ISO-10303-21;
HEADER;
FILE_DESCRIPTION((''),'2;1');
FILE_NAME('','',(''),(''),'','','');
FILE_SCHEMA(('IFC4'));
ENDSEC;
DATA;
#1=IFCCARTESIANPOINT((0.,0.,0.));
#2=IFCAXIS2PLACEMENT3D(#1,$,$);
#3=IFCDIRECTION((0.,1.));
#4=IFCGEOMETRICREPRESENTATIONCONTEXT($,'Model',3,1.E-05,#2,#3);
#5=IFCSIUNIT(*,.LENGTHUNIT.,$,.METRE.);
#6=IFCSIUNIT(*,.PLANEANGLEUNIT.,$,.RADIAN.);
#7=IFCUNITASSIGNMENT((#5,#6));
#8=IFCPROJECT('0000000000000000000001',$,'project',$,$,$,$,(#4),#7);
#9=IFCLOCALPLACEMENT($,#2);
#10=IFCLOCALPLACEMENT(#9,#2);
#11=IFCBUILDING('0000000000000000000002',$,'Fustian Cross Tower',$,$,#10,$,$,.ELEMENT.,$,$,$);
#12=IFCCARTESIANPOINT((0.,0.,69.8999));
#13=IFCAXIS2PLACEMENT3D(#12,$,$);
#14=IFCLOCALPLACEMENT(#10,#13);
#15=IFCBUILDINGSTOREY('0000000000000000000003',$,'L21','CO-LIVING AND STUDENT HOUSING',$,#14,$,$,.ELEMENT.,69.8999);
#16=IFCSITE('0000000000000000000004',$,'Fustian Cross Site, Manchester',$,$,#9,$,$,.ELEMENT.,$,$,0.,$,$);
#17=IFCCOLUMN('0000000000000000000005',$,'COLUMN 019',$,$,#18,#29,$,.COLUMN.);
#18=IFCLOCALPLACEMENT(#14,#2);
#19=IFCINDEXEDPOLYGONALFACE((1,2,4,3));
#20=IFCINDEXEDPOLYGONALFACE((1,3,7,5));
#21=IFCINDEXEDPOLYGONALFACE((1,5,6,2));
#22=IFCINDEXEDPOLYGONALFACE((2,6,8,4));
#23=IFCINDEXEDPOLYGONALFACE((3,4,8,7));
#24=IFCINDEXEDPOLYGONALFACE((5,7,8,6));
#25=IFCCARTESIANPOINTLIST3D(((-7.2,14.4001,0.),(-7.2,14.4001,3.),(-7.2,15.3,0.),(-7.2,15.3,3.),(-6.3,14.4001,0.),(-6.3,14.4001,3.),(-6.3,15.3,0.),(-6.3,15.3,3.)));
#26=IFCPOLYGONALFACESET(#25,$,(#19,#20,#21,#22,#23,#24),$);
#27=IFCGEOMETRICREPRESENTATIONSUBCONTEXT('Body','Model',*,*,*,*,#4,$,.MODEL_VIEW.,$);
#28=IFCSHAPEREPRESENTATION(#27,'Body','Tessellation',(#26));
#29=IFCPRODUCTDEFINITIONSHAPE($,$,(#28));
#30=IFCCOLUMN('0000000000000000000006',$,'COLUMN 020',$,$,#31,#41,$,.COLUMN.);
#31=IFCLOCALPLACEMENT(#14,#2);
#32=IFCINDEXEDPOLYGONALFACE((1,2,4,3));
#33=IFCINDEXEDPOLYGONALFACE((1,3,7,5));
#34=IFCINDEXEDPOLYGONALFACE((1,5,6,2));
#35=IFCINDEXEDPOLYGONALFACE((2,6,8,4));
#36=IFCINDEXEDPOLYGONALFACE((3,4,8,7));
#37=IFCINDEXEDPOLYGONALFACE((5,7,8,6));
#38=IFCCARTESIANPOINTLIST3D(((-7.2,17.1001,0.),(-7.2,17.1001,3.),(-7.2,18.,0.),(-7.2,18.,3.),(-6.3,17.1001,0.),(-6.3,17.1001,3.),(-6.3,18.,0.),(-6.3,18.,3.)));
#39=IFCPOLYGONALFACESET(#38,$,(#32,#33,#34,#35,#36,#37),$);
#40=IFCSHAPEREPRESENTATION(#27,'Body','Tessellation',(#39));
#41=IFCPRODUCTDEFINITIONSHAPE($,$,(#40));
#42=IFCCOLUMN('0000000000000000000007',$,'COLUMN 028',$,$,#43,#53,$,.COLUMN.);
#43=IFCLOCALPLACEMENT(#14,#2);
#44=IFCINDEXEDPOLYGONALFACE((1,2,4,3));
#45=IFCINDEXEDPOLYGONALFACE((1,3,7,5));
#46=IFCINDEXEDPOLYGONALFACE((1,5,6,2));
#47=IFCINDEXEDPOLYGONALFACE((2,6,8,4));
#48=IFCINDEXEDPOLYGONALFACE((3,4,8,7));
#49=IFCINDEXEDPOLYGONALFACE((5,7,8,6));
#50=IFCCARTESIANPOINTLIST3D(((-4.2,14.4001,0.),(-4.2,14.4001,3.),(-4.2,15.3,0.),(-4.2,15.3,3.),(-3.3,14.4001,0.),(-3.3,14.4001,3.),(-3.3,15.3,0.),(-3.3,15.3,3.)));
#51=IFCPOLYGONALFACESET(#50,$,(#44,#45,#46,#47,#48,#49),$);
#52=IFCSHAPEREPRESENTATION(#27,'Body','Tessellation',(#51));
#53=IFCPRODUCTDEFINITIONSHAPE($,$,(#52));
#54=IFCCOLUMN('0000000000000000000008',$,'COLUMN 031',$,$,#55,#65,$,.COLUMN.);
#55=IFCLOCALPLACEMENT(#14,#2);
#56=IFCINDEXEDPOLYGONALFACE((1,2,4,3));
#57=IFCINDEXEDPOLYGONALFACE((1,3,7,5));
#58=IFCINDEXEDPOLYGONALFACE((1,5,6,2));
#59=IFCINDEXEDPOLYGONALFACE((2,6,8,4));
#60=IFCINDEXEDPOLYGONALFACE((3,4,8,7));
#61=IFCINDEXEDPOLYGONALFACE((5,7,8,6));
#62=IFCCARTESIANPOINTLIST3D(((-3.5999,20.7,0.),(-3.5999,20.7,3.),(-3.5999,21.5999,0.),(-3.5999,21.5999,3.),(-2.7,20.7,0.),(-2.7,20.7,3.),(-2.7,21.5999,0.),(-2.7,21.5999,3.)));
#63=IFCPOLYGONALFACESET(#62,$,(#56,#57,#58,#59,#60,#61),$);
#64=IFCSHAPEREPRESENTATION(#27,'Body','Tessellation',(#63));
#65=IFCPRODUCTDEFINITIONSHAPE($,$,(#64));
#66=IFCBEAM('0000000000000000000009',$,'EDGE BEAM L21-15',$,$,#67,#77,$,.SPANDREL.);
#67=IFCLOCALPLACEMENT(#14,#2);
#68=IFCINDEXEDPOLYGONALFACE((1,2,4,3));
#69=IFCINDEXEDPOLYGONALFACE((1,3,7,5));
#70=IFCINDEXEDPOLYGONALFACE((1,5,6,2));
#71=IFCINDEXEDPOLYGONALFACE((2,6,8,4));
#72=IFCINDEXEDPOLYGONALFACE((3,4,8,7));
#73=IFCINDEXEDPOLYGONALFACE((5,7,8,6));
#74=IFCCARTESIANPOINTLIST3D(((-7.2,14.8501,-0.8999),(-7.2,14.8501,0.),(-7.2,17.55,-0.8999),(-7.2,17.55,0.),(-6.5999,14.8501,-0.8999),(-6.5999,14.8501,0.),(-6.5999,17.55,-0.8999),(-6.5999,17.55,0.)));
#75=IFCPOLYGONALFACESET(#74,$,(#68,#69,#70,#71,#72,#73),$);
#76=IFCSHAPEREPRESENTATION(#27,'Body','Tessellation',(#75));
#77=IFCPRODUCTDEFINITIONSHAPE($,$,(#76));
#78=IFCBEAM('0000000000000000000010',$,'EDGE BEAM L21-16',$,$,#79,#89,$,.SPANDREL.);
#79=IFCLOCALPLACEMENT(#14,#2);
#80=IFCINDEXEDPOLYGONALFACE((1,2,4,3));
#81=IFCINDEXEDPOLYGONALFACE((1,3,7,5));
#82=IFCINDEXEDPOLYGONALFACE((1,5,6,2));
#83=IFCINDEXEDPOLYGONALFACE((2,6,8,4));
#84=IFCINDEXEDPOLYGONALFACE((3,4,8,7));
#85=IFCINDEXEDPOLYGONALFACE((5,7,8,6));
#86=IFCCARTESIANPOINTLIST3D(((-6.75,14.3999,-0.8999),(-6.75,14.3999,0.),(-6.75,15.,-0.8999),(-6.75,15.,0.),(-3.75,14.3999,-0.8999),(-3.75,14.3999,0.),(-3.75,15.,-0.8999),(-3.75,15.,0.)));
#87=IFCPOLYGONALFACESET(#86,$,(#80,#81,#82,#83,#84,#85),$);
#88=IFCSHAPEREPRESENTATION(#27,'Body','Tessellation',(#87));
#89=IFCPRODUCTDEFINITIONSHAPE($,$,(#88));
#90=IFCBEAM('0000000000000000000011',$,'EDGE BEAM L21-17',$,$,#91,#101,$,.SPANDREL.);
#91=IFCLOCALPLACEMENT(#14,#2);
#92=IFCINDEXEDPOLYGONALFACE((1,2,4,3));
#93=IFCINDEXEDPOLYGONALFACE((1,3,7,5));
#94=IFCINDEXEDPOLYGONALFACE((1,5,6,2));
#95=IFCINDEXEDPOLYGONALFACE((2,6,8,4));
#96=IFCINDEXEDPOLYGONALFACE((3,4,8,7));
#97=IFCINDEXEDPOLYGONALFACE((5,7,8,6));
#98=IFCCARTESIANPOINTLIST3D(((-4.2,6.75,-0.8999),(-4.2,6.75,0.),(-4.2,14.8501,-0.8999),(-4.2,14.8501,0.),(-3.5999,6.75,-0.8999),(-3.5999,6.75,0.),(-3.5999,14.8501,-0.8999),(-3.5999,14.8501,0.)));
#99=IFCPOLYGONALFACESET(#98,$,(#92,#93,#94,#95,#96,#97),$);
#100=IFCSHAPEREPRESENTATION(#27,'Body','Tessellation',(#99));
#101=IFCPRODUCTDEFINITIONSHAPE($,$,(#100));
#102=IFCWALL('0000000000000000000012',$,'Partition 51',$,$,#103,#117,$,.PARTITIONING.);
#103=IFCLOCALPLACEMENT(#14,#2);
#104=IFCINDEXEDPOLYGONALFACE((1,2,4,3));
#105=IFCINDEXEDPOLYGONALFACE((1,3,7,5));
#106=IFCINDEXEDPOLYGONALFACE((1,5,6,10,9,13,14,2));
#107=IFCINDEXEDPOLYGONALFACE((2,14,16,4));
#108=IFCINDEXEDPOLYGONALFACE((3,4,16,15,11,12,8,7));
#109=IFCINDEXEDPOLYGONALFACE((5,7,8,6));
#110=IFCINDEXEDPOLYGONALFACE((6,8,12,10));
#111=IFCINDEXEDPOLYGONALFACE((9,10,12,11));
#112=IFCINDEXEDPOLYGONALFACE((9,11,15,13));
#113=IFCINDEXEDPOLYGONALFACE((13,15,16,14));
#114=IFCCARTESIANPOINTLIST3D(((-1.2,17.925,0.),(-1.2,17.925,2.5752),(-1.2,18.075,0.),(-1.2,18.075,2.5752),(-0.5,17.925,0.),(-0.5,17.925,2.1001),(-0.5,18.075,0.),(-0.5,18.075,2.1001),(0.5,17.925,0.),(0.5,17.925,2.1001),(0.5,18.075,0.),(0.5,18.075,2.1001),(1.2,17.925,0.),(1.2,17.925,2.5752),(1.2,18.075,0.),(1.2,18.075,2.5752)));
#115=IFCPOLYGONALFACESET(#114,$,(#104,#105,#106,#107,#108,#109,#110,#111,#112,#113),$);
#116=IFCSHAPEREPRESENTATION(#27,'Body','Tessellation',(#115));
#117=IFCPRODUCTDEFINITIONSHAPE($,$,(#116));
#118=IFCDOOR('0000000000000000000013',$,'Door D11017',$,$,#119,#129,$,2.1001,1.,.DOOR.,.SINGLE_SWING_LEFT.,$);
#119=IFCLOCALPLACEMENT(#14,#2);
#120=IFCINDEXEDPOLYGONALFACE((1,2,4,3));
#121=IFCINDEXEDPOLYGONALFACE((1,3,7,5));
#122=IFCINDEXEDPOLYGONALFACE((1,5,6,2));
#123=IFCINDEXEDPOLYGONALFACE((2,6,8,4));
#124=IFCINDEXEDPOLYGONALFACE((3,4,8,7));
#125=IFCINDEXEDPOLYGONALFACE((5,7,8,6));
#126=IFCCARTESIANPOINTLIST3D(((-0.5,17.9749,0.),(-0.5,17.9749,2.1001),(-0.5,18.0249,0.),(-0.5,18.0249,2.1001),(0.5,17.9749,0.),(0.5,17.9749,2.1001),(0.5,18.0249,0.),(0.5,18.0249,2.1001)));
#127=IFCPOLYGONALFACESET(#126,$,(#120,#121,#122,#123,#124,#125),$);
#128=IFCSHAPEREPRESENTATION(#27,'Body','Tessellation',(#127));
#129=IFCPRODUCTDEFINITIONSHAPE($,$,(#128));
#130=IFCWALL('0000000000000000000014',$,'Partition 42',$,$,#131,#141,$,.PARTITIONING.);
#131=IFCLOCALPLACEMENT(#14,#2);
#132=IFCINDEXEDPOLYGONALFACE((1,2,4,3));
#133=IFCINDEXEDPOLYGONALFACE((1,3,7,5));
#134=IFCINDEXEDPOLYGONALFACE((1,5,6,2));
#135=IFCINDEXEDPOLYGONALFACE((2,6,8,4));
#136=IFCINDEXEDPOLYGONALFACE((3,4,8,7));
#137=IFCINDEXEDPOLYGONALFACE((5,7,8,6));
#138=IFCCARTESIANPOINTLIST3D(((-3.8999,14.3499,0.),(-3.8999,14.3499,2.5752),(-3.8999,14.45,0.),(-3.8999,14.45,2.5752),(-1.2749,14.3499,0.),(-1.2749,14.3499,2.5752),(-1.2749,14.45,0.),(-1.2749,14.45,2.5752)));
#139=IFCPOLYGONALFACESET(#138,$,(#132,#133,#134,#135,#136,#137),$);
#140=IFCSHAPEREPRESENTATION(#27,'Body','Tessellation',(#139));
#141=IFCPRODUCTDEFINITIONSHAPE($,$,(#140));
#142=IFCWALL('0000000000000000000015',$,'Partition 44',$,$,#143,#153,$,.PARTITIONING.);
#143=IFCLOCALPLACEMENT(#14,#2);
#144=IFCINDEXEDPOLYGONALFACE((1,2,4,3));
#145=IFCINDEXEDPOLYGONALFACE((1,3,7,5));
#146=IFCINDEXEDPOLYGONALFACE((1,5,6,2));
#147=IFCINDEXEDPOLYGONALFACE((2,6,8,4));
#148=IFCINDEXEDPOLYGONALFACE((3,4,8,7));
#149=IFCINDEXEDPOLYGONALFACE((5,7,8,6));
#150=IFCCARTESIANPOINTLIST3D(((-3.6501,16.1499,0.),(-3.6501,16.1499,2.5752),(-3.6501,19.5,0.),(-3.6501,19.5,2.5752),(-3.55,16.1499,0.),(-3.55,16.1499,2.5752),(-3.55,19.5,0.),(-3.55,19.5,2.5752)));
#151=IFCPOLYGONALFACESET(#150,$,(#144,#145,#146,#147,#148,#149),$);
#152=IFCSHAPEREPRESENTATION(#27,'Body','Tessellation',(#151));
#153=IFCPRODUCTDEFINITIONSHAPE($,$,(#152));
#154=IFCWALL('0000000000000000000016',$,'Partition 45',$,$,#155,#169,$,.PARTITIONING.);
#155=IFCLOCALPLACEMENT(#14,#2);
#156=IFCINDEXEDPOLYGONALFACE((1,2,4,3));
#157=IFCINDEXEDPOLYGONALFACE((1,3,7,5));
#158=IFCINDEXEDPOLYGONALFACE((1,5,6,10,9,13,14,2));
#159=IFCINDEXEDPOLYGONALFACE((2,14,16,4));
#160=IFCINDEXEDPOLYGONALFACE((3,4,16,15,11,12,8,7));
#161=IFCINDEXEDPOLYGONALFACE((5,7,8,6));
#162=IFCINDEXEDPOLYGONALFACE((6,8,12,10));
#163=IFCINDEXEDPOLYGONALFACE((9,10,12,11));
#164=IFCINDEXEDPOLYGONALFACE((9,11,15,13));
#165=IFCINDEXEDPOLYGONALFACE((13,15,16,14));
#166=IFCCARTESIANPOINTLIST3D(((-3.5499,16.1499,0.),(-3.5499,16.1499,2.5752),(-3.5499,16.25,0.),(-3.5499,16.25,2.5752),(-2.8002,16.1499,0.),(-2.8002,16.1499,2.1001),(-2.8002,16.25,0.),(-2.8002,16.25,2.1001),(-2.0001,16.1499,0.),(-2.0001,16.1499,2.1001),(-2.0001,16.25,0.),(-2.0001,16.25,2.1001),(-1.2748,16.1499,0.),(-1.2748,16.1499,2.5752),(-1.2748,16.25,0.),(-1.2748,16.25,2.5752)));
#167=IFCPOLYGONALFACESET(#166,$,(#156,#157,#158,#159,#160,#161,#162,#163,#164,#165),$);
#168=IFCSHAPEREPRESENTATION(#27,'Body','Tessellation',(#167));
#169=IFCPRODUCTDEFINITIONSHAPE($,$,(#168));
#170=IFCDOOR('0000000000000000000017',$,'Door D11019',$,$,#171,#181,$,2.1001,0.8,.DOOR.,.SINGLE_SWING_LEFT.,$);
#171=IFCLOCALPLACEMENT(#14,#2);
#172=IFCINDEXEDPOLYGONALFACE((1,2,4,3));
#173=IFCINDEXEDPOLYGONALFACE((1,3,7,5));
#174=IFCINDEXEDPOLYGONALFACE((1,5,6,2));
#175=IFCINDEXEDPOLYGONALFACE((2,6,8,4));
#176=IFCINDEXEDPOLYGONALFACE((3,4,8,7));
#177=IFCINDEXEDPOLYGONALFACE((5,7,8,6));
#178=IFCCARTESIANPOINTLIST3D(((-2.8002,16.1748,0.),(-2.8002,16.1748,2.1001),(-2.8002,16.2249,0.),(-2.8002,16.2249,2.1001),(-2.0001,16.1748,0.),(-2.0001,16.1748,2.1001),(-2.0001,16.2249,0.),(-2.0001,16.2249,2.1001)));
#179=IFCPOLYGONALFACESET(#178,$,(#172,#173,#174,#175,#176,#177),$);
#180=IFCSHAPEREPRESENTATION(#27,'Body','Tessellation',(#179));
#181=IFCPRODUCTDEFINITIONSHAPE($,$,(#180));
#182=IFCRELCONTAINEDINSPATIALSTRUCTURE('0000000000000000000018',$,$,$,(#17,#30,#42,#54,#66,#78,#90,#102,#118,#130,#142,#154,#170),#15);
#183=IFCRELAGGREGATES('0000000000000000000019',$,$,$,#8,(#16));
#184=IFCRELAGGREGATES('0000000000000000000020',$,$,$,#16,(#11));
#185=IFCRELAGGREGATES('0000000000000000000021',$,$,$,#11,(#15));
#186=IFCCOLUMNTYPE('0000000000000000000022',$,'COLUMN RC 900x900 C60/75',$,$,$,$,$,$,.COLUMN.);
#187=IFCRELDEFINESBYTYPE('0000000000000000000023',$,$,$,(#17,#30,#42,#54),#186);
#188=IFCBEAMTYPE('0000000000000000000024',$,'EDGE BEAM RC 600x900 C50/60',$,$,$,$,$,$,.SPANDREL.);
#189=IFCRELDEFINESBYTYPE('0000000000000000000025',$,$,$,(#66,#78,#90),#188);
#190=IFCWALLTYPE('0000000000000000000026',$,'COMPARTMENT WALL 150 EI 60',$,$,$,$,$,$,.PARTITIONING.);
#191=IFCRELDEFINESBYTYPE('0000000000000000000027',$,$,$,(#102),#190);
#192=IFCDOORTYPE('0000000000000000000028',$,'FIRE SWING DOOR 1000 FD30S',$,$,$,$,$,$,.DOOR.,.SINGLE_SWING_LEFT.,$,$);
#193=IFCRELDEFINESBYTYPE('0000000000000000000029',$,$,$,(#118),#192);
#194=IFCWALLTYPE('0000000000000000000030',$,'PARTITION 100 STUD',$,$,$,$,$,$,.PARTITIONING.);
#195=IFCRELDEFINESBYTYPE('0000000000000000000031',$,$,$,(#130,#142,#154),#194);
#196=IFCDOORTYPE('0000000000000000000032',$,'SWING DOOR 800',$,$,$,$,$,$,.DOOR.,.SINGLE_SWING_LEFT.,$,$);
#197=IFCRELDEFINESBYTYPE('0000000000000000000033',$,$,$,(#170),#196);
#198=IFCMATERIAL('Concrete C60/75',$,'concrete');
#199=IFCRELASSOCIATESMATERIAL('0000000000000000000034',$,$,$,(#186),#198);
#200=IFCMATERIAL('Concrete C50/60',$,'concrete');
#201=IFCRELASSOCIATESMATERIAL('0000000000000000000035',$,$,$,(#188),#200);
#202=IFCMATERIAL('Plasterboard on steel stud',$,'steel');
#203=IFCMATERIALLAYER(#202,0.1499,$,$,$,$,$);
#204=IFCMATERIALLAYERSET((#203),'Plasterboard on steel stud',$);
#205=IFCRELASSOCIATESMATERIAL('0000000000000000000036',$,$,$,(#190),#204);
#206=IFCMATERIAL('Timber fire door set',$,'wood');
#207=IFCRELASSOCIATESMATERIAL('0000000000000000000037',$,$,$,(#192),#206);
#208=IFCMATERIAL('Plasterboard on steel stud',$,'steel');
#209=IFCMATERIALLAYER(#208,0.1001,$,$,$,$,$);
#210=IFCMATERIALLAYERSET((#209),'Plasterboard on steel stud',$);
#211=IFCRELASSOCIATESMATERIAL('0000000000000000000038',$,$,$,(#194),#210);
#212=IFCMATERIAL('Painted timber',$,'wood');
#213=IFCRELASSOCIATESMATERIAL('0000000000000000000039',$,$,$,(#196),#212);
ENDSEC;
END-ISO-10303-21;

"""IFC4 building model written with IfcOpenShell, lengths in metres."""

from ifc_helpers import new_model, si_unit, direction, frame, frame_2d, origin, origin_2d, place, context, subcontext, project, spatial, rectangle, extrude, material, layer, layer_set, material_profile, profile_set, type_object, element, fill, save


model = new_model("IFC4")

# Units and contexts
model_context = context("Model", 3, precision=1e-05, world=origin(), true_north=direction((0.0, 1.0)))
body_context = subcontext(model_context, "Body", "Model", "MODEL_VIEW")
ifc_project = project(units=[si_unit("LENGTHUNIT", "METRE"), si_unit("PLANEANGLEUNIT", "RADIAN")], contexts=[model_context])

# Site, building, storey
site_placement = place(None, origin())
site = spatial("IfcSite", under=ifc_project, at=site_placement, Name="Fustian Cross Site, Manchester", CompositionType="ELEMENT", RefElevation=0.0)
building_placement = place(site_placement, origin())
building = spatial("IfcBuilding", under=site, at=building_placement, Name="Fustian Cross Tower", CompositionType="ELEMENT")
storey_placement = place(building_placement, frame((0.0, 0.0, 69.8999)))
storey = spatial("IfcBuildingStorey", under=building, at=storey_placement, Name="L21", Description="CO-LIVING AND STUDENT HOUSING", CompositionType="ELEMENT", Elevation=69.8999)

# Columns
ifc_material_1 = material(Name="Concrete C60/75", Category="concrete")
ifc_material_profile_1 = material_profile(ifc_material_1, rectangle(XDim=0.8999, YDim=0.8999, at=origin_2d()), Name="RC 900x900")
ifc_profile_set_1 = profile_set([ifc_material_profile_1], Name="Concrete C60/75")
column_type = type_object("IfcColumnType", Name="COLUMN RC 900x900 C60/75", PredefinedType="COLUMN", material=ifc_profile_set_1)
for number, where, z_axis, x_axis, name in (
    (1, (-6.75, 14.8501, 0.0), (0.0, 0.0, 1.0), (1.0, 0.0, 0.0), "COLUMN 019"),
    (2, (-6.75, 17.55, 0.0), (0.0, 0.0, 1.0), (1.0, 0.0, 0.0), "COLUMN 020"),
    (3, (-3.75, 14.8501, 0.0), (0.0, 0.0, 1.0), (1.0, 0.0, 0.0), "COLUMN 028"),
    (4, (-3.1499, 21.1499, 0.0), (0.0, 0.0, 1.0), (1.0, 0.0, 0.0), "COLUMN 031"),
):
    element("IfcColumn", number, at=place(storey_placement, frame(where, z_axis=z_axis, x_axis=x_axis)), inside=storey, type_object=column_type, Name=name, PredefinedType="COLUMN", context=body_context, shape_type="SweptSolid", body=[
        extrude(rectangle(XDim=0.8999, YDim=0.8999, at=origin_2d()), origin(), (0.0, 0.0, 1.0), 3.0),
    ])

# Beams
ifc_material_2 = material(Name="Concrete C50/60", Category="concrete")
ifc_material_profile_2 = material_profile(ifc_material_2, rectangle(XDim=0.6001, YDim=0.8999, at=origin_2d()), Name="RC 600x900")
ifc_profile_set_2 = profile_set([ifc_material_profile_2], Name="Concrete C50/60")
beam_type = type_object("IfcBeamType", Name="EDGE BEAM RC 600x900 C50/60", PredefinedType="SPANDREL", material=ifc_profile_set_2)
beam_1_placement = place(storey_placement, frame((-6.8999, 17.55, -0.45), z_axis=(0.0, -1.0, 0.0), x_axis=(1.0, 0.0, 0.0)))
element("IfcBeam", 5, at=beam_1_placement, inside=storey, type_object=beam_type, Name="EDGE BEAM L21-15", PredefinedType="SPANDREL", context=body_context, shape_type="SweptSolid", body=[
    extrude(rectangle(XDim=0.6001, YDim=0.8999, at=origin_2d()), origin(), (0.0, 0.0, 1.0), 2.7),
])
beam_2_placement = place(storey_placement, frame((-6.75, 14.7, -0.45), z_axis=(1.0, 0.0, 0.0), x_axis=(0.0, 1.0, 0.0)))
element("IfcBeam", 6, at=beam_2_placement, inside=storey, type_object=beam_type, Name="EDGE BEAM L21-16", PredefinedType="SPANDREL", context=body_context, shape_type="SweptSolid", body=[
    extrude(rectangle(XDim=0.6001, YDim=0.8999, at=origin_2d()), origin(), (0.0, 0.0, 1.0), 3.0),
])
beam_3_placement = place(storey_placement, frame((-3.8999, 14.8501, -0.45), z_axis=(0.0, -1.0, 0.0), x_axis=(1.0, 0.0, 0.0)))
element("IfcBeam", 7, at=beam_3_placement, inside=storey, type_object=beam_type, Name="EDGE BEAM L21-17", PredefinedType="SPANDREL", context=body_context, shape_type="SweptSolid", body=[
    extrude(rectangle(XDim=0.6001, YDim=0.8999, at=origin_2d()), origin(), (0.0, 0.0, 1.0), 8.1001),
])

# Wall, opening, door
ifc_material_3 = material(Name="Plasterboard on steel stud", Category="steel")
ifc_layer_1 = layer(ifc_material_3, 0.1499)
ifc_layer_set_1 = layer_set([ifc_layer_1], Name="Plasterboard on steel stud")
wall_type_1 = type_object("IfcWallType", Name="COMPARTMENT WALL 150 EI 60", PredefinedType="PARTITIONING", material=ifc_layer_set_1)
wall_1_placement = place(storey_placement, frame((-1.2, 18.0, 0.0), z_axis=(0.0, 0.0, 1.0), x_axis=(1.0, 0.0, 0.0)))
wall_1 = element("IfcWall", 8, at=wall_1_placement, inside=storey, type_object=wall_type_1, Name="Partition 51", PredefinedType="PARTITIONING", context=body_context, shape_type="SweptSolid", body=[
    extrude(rectangle(XDim=2.3999, YDim=0.1499, at=frame_2d((1.2, 0.0))), origin(), (0.0, 0.0, 1.0), 2.5752),
])
opening_1_placement = place(wall_1_placement, frame((0.7, 0.0, 0.0)))
opening_1 = element("IfcOpeningElement", 9, at=opening_1_placement, cuts=wall_1, PredefinedType="OPENING", context=body_context, shape_type="SweptSolid", body=[
    extrude(rectangle(XDim=1.0, YDim=2.1001, at=frame_2d((0.5, 1.05))), frame((0.0, 0.085, 0.0), z_axis=(0.0, -1.0, 0.0), x_axis=(1.0, 0.0, 0.0)), (0.0, 0.0, 1.0), 0.1699),
])
ifc_material_4 = material(Name="Timber fire door set", Category="wood")
door_type_1 = type_object("IfcDoorType", Name="FIRE SWING DOOR 1000 FD30S", OperationType="SINGLE_SWING_LEFT", PredefinedType="DOOR", material=ifc_material_4)
door_1_placement = place(opening_1_placement, origin())
door_1 = element("IfcDoor", 10, at=door_1_placement, inside=storey, type_object=door_type_1, Name="Door D11017", OperationType="SINGLE_SWING_LEFT", OverallHeight=2.1001, OverallWidth=1.0, PredefinedType="DOOR", context=body_context, shape_type="SweptSolid", body=[
    extrude(rectangle(XDim=1.0, YDim=2.1001, at=frame_2d((0.5, 1.05))), frame((0.0, 0.0249, 0.0), z_axis=(0.0, -1.0, 0.0), x_axis=(1.0, 0.0, 0.0)), (0.0, 0.0, 1.0), 0.05),
])
fill(opening_1, door_1)

# Walls
ifc_material_5 = material(Name="Plasterboard on steel stud", Category="steel")
ifc_layer_2 = layer(ifc_material_5, 0.1001)
ifc_layer_set_2 = layer_set([ifc_layer_2], Name="Plasterboard on steel stud")
wall_type_2 = type_object("IfcWallType", Name="PARTITION 100 STUD", PredefinedType="PARTITIONING", material=ifc_layer_set_2)
wall_2_placement = place(storey_placement, frame((-3.8999, 14.3999, 0.0), z_axis=(0.0, 0.0, 1.0), x_axis=(1.0, 0.0, 0.0)))
element("IfcWall", 11, at=wall_2_placement, inside=storey, type_object=wall_type_2, Name="Partition 42", PredefinedType="PARTITIONING", context=body_context, shape_type="SweptSolid", body=[
    extrude(rectangle(XDim=2.625, YDim=0.1001, at=frame_2d((1.3125, 0.0))), origin(), (0.0, 0.0, 1.0), 2.5752),
])
wall_3_placement = place(storey_placement, frame((-3.6001, 16.1499, 0.0), z_axis=(0.0, 0.0, 1.0), x_axis=(0.0, 1.0, 0.0)))
element("IfcWall", 12, at=wall_3_placement, inside=storey, type_object=wall_type_2, Name="Partition 44", PredefinedType="PARTITIONING", context=body_context, shape_type="SweptSolid", body=[
    extrude(rectangle(XDim=3.3501, YDim=0.1001, at=frame_2d((1.675, 0.0))), origin(), (0.0, 0.0, 1.0), 2.5752),
])

# Wall, opening, door
wall_4_placement = place(storey_placement, frame((-3.55, 16.2, 0.0), z_axis=(0.0, 0.0, 1.0), x_axis=(1.0, 0.0, 0.0)))
wall_4 = element("IfcWall", 13, at=wall_4_placement, inside=storey, type_object=wall_type_2, Name="Partition 45", PredefinedType="PARTITIONING", context=body_context, shape_type="SweptSolid", body=[
    extrude(rectangle(XDim=2.2751, YDim=0.1001, at=frame_2d((1.1377, 0.0))), origin(), (0.0, 0.0, 1.0), 2.5752),
])
opening_2_placement = place(wall_4_placement, frame((0.75, 0.0, 0.0)))
opening_2 = element("IfcOpeningElement", 14, at=opening_2_placement, cuts=wall_4, PredefinedType="OPENING", context=body_context, shape_type="SweptSolid", body=[
    extrude(rectangle(XDim=0.8, YDim=2.1001, at=frame_2d((0.3999, 1.05))), frame((0.0, 0.0601, 0.0), z_axis=(0.0, -1.0, 0.0), x_axis=(1.0, 0.0, 0.0)), (0.0, 0.0, 1.0), 0.1201),
])
ifc_material_6 = material(Name="Painted timber", Category="wood")
door_type_2 = type_object("IfcDoorType", Name="SWING DOOR 800", OperationType="SINGLE_SWING_LEFT", PredefinedType="DOOR", material=ifc_material_6)
door_2_placement = place(opening_2_placement, origin())
door_2 = element("IfcDoor", 15, at=door_2_placement, inside=storey, type_object=door_type_2, Name="Door D11019", OperationType="SINGLE_SWING_LEFT", OverallHeight=2.1001, OverallWidth=0.8, PredefinedType="DOOR", context=body_context, shape_type="SweptSolid", body=[
    extrude(rectangle(XDim=0.8, YDim=2.1001, at=frame_2d((0.3999, 1.05))), frame((0.0, 0.0249, 0.0), z_axis=(0.0, -1.0, 0.0), x_axis=(1.0, 0.0, 0.0)), (0.0, 0.0, 1.0), 0.05),
])
fill(opening_2, door_2)

save(model, "model.ifc")
